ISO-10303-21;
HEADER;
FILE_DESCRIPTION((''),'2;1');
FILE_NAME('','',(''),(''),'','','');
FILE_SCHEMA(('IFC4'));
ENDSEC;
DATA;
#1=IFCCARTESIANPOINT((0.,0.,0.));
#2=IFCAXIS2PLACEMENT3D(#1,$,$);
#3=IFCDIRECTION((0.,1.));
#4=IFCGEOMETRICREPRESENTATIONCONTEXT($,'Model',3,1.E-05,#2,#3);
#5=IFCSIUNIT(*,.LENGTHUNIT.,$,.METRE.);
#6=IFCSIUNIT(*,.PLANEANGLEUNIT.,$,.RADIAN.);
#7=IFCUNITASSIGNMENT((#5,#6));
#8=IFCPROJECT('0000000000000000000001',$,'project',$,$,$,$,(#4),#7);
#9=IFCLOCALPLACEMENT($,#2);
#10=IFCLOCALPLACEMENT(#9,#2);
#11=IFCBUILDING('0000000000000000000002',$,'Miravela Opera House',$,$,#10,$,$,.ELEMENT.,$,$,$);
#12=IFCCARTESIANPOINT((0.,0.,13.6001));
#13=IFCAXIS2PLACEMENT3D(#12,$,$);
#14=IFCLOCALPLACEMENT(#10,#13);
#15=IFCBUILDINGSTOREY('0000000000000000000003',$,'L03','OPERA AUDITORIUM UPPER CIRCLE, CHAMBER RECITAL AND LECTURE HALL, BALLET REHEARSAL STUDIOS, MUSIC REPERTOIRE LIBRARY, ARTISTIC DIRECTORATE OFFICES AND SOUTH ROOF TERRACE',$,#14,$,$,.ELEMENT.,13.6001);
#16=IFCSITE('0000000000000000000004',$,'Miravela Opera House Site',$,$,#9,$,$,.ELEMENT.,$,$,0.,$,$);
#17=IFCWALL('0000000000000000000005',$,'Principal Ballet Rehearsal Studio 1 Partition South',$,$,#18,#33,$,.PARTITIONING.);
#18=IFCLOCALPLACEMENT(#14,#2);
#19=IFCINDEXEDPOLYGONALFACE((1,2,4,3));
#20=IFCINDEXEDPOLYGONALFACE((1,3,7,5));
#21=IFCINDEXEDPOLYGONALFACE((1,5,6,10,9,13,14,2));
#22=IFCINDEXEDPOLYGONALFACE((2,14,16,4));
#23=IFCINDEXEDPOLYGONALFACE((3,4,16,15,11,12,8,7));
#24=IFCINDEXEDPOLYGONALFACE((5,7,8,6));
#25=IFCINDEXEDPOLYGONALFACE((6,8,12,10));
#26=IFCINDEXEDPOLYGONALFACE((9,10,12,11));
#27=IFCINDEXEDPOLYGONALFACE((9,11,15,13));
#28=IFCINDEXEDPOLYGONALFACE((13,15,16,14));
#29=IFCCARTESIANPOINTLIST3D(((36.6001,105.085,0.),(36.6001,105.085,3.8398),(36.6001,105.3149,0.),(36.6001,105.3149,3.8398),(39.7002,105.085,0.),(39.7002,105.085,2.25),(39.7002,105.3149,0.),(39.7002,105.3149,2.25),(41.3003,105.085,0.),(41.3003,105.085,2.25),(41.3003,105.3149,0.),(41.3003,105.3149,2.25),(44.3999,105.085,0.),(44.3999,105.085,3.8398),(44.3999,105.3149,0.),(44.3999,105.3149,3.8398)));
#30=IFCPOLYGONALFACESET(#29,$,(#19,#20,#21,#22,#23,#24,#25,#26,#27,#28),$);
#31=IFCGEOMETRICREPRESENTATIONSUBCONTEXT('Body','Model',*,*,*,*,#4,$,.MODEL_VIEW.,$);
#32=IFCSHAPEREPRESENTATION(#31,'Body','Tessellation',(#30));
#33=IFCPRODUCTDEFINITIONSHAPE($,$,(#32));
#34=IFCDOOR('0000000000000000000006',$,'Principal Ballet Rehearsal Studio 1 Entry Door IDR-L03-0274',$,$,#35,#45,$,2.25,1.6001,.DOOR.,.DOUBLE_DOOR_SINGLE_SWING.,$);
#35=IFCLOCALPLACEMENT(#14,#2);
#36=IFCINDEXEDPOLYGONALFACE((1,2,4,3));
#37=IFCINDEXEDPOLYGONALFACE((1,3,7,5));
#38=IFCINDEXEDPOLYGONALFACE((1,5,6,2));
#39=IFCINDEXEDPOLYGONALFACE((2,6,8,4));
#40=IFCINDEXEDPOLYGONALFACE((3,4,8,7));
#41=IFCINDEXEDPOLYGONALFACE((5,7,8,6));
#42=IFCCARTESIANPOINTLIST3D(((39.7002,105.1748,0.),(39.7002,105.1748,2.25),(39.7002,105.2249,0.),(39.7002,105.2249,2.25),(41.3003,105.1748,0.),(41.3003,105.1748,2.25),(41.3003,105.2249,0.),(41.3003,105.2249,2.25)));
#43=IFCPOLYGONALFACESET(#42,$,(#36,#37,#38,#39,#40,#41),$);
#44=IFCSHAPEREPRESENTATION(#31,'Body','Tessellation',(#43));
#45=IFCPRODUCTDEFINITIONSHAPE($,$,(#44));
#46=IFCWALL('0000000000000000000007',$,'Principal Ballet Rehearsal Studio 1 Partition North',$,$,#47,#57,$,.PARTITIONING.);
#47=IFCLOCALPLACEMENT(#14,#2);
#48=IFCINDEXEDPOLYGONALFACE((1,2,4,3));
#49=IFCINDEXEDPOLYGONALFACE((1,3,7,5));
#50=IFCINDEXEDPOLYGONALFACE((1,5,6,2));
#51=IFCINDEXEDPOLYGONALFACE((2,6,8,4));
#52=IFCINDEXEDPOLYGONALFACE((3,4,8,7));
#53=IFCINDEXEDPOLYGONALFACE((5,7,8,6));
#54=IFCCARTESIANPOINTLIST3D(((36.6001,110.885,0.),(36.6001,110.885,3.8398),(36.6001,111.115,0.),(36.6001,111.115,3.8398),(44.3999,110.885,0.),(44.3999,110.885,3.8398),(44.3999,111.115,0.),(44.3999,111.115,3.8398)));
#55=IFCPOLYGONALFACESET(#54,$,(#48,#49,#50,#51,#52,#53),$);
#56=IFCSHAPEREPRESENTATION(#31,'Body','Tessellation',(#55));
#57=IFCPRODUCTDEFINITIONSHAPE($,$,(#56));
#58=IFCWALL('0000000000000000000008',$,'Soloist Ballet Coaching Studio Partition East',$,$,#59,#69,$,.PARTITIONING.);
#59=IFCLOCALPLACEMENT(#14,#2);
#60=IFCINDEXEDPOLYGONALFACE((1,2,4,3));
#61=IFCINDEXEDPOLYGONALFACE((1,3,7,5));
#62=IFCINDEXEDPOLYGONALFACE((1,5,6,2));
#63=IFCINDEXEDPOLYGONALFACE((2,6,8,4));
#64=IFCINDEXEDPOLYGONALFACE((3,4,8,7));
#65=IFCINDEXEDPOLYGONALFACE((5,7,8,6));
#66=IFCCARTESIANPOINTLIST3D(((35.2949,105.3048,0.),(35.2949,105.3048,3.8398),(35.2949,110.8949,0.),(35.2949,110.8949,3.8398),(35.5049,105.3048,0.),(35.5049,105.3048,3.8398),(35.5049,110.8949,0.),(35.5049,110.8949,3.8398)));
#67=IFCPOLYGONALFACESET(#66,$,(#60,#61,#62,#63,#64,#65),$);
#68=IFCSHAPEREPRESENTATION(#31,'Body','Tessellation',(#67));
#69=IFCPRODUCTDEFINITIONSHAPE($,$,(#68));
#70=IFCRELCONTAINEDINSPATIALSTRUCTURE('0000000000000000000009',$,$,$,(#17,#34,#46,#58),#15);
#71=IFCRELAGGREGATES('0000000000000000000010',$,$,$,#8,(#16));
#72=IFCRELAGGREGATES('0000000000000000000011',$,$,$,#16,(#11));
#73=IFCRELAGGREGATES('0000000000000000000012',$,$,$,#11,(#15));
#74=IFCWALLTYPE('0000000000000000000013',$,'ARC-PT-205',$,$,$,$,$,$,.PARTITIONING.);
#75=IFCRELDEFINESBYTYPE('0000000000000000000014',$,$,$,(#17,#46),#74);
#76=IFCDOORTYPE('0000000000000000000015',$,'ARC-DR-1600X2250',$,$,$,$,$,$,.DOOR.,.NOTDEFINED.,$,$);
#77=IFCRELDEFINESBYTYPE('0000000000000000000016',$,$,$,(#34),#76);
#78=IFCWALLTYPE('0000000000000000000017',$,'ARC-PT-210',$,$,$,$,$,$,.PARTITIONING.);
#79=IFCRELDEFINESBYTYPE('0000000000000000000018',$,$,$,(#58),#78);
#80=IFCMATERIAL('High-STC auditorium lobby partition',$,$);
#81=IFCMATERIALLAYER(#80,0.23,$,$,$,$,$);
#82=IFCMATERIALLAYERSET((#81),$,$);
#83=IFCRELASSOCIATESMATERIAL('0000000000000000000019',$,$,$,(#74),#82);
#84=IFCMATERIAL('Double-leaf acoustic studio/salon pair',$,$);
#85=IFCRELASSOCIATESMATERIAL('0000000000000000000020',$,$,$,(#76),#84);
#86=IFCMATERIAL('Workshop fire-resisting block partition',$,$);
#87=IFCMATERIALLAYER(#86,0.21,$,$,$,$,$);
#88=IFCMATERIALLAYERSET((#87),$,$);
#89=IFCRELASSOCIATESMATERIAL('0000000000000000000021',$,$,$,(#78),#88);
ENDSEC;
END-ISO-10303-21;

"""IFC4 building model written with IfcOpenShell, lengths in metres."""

from ifc_helpers import new_model, si_unit, direction, frame, frame_2d, origin, place, context, subcontext, project, spatial, rectangle, extrude, material, layer, layer_set, type_object, element, fill, save


model = new_model("IFC4")

# Units and contexts
model_context = context("Model", 3, precision=1e-05, world=origin(), true_north=direction((0.0, 1.0)))
body_context = subcontext(model_context, "Body", "Model", "MODEL_VIEW")
ifc_project = project(units=[si_unit("LENGTHUNIT", "METRE"), si_unit("PLANEANGLEUNIT", "RADIAN")], contexts=[model_context])

# Site, building, storey
site_placement = place(None, origin())
site = spatial("IfcSite", under=ifc_project, at=site_placement, Name="Miravela Opera House Site", CompositionType="ELEMENT", RefElevation=0.0)
building_placement = place(site_placement, origin())
building = spatial("IfcBuilding", under=site, at=building_placement, Name="Miravela Opera House", CompositionType="ELEMENT")
storey_placement = place(building_placement, frame((0.0, 0.0, 13.6001)))
storey = spatial("IfcBuildingStorey", under=building, at=storey_placement, Name="L03", Description="OPERA AUDITORIUM UPPER CIRCLE, CHAMBER RECITAL AND LECTURE HALL, BALLET REHEARSAL STUDIOS, MUSIC REPERTOIRE LIBRARY, ARTISTIC DIRECTORATE OFFICES AND SOUTH ROOF TERRACE", CompositionType="ELEMENT", Elevation=13.6001)

# Wall, opening, door
ifc_material_1 = material(Name="High-STC auditorium lobby partition")
ifc_layer_1 = layer(ifc_material_1, 0.23)
ifc_layer_set_1 = layer_set([ifc_layer_1])
wall_type_1 = type_object("IfcWallType", Name="ARC-PT-205", PredefinedType="PARTITIONING", material=ifc_layer_set_1)
wall_1_placement = place(storey_placement, frame((36.6001, 105.2, 0.0), z_axis=(0.0, 0.0, 1.0), x_axis=(1.0, 0.0, 0.0)))
wall_1 = element("IfcWall", 1, at=wall_1_placement, inside=storey, type_object=wall_type_1, Name="Principal Ballet Rehearsal Studio 1 Partition South", PredefinedType="PARTITIONING", context=body_context, shape_type="SweptSolid", body=[
    extrude(rectangle(XDim=7.7998, YDim=0.23, at=frame_2d((3.8999, 0.0))), origin(), (0.0, 0.0, 1.0), 3.8398),
])
opening_1_placement = place(wall_1_placement, frame((3.1001, 0.0, 0.0)))
opening_1 = element("IfcOpeningElement", 2, at=opening_1_placement, cuts=wall_1, PredefinedType="OPENING", context=body_context, shape_type="SweptSolid", body=[
    extrude(rectangle(XDim=1.6001, YDim=2.25, at=frame_2d((0.8, 1.125))), frame((0.0, 0.125, 0.0), z_axis=(0.0, -1.0, 0.0), x_axis=(1.0, 0.0, 0.0)), (0.0, 0.0, 1.0), 0.25),
])
ifc_material_2 = material(Name="Double-leaf acoustic studio/salon pair")
door_type = type_object("IfcDoorType", Name="ARC-DR-1600X2250", OperationType="NOTDEFINED", PredefinedType="DOOR", material=ifc_material_2)
door_placement = place(opening_1_placement, origin())
door = element("IfcDoor", 3, at=door_placement, inside=storey, type_object=door_type, Name="Principal Ballet Rehearsal Studio 1 Entry Door IDR-L03-0274", OperationType="DOUBLE_DOOR_SINGLE_SWING", OverallHeight=2.25, OverallWidth=1.6001, PredefinedType="DOOR", context=body_context, shape_type="SweptSolid", body=[
    extrude(rectangle(XDim=1.6001, YDim=2.25, at=frame_2d((0.8, 1.125))), frame((0.0, 0.0249, 0.0), z_axis=(0.0, -1.0, 0.0), x_axis=(1.0, 0.0, 0.0)), (0.0, 0.0, 1.0), 0.05),
])
fill(opening_1, door)

# Walls
wall_2_placement = place(storey_placement, frame((36.6001, 111.0, 0.0), z_axis=(0.0, 0.0, 1.0), x_axis=(1.0, 0.0, 0.0)))
element("IfcWall", 4, at=wall_2_placement, inside=storey, type_object=wall_type_1, Name="Principal Ballet Rehearsal Studio 1 Partition North", PredefinedType="PARTITIONING", context=body_context, shape_type="SweptSolid", body=[
    extrude(rectangle(XDim=7.7998, YDim=0.23, at=frame_2d((3.8999, 0.0))), origin(), (0.0, 0.0, 1.0), 3.8398),
])
ifc_material_3 = material(Name="Workshop fire-resisting block partition")
ifc_layer_2 = layer(ifc_material_3, 0.21)
ifc_layer_set_2 = layer_set([ifc_layer_2])
wall_type_2 = type_object("IfcWallType", Name="ARC-PT-210", PredefinedType="PARTITIONING", material=ifc_layer_set_2)
wall_3_placement = place(storey_placement, frame((35.3999, 105.3049, 0.0), z_axis=(0.0, 0.0, 1.0), x_axis=(0.0, 1.0, 0.0)))
element("IfcWall", 5, at=wall_3_placement, inside=storey, type_object=wall_type_2, Name="Soloist Ballet Coaching Studio Partition East", PredefinedType="PARTITIONING", context=body_context, shape_type="SweptSolid", body=[
    extrude(rectangle(XDim=5.5901, YDim=0.21, at=frame_2d((2.7949, 0.0))), origin(), (0.0, 0.0, 1.0), 3.8398),
])

save(model, "model.ifc")
